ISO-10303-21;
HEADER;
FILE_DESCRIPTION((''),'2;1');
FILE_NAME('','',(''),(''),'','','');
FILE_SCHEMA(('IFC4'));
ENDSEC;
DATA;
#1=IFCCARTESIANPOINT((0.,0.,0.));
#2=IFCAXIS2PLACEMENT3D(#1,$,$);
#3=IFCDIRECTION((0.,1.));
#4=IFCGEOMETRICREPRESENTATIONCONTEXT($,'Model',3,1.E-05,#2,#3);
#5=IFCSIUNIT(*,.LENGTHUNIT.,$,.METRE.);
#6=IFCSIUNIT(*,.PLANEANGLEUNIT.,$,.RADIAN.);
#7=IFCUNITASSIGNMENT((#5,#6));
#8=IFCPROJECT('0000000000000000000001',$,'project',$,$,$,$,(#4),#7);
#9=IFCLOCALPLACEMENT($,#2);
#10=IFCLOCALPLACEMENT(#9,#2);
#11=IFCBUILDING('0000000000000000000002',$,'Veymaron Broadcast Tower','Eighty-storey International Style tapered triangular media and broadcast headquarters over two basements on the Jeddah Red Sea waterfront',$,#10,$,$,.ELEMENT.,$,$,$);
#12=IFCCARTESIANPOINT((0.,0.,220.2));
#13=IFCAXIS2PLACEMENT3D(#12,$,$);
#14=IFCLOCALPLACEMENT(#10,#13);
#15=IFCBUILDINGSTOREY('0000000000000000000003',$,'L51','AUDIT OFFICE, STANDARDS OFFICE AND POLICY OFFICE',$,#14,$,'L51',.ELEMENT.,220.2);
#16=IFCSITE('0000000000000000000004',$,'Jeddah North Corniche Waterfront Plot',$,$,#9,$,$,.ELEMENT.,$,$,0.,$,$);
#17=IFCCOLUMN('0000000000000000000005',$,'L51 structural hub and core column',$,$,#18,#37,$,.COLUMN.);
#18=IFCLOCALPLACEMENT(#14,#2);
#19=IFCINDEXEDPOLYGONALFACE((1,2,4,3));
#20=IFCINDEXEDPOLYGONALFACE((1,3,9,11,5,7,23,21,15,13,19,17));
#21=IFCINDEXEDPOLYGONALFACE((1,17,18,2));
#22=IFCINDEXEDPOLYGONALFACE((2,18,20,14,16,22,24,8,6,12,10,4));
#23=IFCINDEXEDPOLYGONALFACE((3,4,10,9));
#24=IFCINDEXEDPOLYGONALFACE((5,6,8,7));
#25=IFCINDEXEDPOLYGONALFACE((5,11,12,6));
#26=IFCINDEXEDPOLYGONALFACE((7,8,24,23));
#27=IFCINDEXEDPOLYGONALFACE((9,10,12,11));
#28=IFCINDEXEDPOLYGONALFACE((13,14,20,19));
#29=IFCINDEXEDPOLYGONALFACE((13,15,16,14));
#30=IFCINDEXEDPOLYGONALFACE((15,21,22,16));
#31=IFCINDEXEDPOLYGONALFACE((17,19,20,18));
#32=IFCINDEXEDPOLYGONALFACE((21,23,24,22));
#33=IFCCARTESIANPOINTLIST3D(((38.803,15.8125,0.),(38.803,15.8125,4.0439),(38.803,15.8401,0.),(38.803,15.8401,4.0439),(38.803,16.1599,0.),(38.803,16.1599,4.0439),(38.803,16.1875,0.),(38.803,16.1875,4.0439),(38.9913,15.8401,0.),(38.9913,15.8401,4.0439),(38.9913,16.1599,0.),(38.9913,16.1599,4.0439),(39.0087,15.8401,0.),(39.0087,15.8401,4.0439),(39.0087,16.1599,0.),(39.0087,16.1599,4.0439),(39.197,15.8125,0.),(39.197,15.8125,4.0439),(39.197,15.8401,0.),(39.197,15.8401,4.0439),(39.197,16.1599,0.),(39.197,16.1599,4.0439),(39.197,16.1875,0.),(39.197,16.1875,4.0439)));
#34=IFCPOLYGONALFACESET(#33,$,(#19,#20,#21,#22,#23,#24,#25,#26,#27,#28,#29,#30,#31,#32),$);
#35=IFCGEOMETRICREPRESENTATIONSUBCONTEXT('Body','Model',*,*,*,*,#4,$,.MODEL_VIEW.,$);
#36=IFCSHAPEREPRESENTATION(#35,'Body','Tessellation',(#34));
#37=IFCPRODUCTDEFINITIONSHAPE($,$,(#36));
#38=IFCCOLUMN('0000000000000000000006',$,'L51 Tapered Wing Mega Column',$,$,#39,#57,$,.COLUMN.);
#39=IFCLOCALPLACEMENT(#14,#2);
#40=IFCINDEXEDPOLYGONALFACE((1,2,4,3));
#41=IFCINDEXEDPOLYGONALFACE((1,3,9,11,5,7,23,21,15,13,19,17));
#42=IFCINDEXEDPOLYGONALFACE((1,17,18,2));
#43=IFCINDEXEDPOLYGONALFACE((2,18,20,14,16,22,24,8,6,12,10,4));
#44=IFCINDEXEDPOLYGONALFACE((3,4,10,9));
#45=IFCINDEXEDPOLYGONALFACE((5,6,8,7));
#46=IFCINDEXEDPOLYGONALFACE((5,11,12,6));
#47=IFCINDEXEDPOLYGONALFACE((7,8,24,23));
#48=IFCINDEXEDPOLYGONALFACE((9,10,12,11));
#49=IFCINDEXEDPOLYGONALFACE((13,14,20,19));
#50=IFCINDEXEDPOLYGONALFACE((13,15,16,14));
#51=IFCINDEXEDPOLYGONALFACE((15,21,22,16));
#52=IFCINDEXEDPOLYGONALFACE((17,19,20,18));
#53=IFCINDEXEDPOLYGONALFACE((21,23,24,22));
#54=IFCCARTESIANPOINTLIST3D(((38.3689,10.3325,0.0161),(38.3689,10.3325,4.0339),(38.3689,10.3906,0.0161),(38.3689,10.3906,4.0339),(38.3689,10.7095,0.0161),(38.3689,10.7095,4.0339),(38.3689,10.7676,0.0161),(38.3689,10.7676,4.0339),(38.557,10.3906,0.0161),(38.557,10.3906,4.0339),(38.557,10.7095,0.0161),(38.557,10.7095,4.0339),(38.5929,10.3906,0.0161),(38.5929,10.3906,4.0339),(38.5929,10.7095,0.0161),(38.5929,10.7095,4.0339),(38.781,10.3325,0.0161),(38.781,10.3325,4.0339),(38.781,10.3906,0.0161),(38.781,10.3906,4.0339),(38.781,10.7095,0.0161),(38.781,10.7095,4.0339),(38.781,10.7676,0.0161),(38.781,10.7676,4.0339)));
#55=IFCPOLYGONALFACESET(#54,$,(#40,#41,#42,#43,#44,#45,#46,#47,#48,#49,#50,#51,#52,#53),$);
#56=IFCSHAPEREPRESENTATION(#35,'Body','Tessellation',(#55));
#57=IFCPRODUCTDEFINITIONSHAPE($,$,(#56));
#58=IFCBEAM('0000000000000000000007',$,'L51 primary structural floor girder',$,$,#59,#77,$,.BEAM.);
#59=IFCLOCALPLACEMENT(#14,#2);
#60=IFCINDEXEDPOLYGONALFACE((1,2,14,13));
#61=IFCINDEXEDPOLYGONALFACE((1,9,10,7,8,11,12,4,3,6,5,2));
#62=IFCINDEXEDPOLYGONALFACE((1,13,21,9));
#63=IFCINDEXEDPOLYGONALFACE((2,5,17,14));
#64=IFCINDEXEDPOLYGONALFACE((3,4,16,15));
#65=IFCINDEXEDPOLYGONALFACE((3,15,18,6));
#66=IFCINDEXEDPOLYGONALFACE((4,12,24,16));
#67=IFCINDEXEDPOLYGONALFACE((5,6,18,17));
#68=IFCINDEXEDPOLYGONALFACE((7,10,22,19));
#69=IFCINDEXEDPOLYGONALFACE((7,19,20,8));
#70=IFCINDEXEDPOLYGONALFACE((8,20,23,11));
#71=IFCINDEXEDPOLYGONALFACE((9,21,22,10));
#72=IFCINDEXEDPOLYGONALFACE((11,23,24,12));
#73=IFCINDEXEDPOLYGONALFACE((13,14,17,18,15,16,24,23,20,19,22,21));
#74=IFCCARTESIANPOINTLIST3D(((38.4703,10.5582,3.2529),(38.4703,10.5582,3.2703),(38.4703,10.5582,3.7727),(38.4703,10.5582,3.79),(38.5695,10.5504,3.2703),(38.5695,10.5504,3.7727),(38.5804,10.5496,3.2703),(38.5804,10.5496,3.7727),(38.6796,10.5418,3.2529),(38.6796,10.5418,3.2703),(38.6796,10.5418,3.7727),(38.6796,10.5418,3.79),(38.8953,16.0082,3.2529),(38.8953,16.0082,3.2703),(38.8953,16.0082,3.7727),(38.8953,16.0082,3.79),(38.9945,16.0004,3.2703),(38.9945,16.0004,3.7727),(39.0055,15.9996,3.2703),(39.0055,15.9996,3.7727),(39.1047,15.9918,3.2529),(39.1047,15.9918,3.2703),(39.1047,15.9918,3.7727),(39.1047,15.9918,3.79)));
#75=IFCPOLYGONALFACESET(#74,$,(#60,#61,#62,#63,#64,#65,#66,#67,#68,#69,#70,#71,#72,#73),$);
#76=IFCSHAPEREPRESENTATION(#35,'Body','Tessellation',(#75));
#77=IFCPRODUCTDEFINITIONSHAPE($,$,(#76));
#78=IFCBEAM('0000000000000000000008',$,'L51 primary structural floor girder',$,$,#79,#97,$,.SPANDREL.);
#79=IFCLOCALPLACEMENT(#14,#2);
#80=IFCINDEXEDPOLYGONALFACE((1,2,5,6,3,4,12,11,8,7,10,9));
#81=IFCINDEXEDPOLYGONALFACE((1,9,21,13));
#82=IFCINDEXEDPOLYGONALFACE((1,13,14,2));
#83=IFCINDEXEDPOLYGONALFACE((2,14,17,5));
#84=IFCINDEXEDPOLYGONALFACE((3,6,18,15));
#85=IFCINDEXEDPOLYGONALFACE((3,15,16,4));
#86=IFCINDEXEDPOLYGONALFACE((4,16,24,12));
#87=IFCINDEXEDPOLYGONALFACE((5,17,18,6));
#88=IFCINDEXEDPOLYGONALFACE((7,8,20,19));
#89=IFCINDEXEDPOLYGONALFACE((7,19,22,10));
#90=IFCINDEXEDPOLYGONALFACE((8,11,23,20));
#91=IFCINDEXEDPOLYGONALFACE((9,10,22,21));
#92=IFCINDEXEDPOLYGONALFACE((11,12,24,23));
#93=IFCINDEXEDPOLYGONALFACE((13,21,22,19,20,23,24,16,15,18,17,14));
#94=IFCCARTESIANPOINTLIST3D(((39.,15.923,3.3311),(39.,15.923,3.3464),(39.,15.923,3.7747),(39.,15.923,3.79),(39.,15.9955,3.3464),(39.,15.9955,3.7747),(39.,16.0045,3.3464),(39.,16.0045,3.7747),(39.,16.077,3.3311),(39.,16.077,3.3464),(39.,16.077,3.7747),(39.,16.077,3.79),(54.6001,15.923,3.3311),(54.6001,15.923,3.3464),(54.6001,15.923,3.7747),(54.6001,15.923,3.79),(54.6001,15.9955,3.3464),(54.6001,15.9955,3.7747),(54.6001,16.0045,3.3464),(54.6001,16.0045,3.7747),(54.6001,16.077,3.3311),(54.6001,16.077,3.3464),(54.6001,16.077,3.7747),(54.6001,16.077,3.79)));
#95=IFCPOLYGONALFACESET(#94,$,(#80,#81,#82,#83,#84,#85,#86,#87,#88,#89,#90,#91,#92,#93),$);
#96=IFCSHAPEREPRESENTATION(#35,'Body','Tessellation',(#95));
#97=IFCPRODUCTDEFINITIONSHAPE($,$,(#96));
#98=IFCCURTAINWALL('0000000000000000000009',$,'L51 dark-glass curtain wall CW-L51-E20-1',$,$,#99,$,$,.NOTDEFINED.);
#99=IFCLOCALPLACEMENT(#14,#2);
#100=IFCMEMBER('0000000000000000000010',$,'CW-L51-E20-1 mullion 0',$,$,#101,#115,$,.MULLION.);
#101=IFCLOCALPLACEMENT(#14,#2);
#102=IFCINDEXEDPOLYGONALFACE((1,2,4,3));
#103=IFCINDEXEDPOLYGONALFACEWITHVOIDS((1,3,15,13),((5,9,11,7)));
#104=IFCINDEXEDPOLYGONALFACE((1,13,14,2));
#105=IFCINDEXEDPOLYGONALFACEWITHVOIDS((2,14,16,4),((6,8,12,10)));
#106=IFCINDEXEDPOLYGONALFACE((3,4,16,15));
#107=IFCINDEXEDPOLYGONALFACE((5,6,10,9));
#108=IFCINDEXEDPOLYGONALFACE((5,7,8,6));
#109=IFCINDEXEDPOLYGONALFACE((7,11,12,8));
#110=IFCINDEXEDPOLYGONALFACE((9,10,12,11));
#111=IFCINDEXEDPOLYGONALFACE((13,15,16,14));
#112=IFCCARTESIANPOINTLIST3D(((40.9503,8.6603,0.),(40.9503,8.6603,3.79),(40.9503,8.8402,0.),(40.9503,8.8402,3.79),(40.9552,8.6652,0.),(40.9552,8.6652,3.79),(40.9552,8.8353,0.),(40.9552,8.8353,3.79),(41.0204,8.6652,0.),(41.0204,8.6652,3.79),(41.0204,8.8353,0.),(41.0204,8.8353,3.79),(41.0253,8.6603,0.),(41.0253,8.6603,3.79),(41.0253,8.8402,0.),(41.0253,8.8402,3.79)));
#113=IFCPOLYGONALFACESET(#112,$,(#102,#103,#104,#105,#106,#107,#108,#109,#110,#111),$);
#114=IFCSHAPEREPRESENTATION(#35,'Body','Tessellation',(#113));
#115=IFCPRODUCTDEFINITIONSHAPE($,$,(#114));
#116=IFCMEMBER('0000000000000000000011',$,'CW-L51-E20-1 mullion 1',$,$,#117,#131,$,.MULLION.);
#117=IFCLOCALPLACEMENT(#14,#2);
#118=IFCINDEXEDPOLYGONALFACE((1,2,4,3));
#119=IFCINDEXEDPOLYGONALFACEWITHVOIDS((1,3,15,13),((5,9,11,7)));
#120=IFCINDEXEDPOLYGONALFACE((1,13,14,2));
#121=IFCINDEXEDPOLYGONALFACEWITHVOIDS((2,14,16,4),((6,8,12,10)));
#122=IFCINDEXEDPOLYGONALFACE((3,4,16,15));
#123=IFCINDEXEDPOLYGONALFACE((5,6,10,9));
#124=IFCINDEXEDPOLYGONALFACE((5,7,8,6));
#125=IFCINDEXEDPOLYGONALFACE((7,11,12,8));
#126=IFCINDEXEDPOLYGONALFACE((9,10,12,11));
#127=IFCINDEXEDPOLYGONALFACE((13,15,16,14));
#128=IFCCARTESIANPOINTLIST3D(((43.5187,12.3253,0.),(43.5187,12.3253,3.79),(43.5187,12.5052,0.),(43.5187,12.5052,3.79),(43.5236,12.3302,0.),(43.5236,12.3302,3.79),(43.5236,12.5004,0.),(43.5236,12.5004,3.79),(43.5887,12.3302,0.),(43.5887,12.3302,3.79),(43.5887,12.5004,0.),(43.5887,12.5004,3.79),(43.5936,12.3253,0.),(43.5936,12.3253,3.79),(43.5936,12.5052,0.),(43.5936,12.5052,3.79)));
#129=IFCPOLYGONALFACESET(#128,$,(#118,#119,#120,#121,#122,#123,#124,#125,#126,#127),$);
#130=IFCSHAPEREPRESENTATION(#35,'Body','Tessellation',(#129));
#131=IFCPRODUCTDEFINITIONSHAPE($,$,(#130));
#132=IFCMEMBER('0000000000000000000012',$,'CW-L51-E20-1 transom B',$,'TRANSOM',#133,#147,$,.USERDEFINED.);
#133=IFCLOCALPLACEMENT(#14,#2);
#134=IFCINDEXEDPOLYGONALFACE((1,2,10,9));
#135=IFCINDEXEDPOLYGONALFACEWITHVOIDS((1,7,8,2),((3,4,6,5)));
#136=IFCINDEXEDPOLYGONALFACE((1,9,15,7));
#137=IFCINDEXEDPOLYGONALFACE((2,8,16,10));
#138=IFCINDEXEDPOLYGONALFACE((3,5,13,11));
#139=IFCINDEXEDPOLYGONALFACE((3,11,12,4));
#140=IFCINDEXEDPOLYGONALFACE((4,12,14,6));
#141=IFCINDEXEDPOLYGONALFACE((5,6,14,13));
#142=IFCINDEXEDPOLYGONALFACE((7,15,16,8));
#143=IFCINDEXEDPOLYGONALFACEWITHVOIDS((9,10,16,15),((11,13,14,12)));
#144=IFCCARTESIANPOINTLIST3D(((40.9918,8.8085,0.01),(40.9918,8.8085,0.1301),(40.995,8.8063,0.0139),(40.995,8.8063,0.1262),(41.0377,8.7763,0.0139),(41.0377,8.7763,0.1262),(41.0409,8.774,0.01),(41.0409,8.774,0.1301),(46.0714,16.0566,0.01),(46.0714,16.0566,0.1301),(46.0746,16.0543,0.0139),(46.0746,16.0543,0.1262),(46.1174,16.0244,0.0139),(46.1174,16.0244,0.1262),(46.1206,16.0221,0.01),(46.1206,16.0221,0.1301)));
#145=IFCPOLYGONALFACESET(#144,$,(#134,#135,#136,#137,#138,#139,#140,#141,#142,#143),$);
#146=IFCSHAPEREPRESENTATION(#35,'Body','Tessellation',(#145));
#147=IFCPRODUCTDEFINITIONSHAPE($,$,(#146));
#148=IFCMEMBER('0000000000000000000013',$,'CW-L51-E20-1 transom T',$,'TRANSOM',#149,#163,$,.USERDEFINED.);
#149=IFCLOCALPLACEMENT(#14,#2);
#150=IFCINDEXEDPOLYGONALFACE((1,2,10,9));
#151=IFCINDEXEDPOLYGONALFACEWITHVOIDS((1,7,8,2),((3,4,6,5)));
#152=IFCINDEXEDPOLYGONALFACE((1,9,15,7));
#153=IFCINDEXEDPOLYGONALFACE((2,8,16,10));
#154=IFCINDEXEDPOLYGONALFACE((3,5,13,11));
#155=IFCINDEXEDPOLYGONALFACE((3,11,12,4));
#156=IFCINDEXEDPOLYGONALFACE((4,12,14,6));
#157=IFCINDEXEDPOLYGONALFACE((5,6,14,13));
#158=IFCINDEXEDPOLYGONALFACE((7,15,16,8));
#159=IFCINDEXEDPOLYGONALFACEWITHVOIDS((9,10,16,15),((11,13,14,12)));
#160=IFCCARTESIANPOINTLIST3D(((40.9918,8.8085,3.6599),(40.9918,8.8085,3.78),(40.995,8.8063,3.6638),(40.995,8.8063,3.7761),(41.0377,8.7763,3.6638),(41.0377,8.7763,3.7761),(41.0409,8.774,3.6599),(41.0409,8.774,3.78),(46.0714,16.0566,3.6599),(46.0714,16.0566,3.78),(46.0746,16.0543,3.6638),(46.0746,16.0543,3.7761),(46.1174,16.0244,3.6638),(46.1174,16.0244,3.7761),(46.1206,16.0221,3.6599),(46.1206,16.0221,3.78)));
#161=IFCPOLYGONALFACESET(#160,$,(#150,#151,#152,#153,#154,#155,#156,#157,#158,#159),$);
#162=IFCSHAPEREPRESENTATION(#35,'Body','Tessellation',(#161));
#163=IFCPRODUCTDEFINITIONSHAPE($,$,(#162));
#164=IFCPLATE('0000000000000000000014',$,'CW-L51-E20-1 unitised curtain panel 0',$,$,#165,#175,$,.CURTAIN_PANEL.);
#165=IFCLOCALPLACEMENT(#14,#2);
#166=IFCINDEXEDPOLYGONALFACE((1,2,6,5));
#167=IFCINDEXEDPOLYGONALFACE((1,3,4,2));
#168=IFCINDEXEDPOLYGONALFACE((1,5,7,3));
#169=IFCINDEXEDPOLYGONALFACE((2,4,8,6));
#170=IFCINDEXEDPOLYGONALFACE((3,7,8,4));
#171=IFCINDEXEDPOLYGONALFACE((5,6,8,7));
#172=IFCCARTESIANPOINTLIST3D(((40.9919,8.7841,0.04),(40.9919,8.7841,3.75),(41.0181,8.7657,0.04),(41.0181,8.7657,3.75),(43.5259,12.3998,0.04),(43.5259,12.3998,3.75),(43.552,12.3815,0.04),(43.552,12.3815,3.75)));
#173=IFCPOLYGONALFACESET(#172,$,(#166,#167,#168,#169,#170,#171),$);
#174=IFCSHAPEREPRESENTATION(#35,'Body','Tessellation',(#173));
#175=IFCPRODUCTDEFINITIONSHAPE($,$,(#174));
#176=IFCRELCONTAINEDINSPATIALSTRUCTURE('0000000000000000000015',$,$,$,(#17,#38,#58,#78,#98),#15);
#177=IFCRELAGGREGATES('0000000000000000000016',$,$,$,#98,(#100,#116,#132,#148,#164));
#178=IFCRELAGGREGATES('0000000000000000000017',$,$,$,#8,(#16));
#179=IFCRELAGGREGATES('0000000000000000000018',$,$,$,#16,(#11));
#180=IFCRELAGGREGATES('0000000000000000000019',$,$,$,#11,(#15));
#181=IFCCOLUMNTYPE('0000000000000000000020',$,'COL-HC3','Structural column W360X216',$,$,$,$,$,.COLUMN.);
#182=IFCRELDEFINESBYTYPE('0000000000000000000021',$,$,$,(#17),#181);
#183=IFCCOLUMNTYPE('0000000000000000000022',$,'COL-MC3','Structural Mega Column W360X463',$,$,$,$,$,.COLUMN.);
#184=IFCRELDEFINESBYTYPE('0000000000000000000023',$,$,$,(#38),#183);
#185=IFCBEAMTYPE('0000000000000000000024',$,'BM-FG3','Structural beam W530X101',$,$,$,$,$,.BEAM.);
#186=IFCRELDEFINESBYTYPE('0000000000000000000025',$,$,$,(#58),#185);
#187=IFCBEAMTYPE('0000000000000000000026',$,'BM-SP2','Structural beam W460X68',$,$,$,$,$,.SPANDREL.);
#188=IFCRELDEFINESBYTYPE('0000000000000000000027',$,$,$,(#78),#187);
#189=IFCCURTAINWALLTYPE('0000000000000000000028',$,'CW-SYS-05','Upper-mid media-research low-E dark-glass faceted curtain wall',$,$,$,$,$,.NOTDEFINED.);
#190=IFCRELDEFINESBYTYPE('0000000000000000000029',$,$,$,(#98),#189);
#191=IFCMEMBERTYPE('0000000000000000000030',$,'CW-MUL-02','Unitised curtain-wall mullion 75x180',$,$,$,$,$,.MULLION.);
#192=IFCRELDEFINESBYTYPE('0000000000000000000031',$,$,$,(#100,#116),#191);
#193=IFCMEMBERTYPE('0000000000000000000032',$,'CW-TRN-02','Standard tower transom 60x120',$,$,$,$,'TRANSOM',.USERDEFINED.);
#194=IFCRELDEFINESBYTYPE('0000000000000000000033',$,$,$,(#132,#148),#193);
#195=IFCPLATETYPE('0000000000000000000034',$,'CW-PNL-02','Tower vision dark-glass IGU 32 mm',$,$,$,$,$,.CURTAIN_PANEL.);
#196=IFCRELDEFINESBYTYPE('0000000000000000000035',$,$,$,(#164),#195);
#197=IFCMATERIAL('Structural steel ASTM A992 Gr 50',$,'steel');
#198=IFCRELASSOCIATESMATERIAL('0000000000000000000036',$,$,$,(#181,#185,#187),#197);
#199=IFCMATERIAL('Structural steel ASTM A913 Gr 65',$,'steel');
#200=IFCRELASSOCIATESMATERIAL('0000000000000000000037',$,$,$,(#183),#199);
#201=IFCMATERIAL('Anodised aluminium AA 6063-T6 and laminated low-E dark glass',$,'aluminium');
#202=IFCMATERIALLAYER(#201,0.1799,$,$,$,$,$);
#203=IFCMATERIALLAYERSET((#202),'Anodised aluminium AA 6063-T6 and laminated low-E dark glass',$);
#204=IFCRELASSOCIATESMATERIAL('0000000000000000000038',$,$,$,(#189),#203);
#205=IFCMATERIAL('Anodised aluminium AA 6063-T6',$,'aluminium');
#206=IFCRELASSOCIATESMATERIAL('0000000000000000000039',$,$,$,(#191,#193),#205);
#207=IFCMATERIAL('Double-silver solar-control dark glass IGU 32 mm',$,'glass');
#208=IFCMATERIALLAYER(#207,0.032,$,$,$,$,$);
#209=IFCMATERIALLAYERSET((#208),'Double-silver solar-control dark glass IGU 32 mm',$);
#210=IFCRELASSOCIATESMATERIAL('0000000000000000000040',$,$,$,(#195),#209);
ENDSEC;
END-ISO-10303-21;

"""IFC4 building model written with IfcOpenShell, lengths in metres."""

from ifc_helpers import new_model, si_unit, direction, frame, origin, origin_2d, place, context, subcontext, project, spatial, rectangle, hollow_rectangle, i_section, extrude, material, layer, layer_set, material_profile, profile_set, type_object, element, aggregate, save


model = new_model("IFC4")

# Units and contexts
model_context = context("Model", 3, precision=1e-05, world=origin(), true_north=direction((0.0, 1.0)))
body_context = subcontext(model_context, "Body", "Model", "MODEL_VIEW")
ifc_project = project(units=[si_unit("LENGTHUNIT", "METRE"), si_unit("PLANEANGLEUNIT", "RADIAN")], contexts=[model_context])

# Site, building, storey
site_placement = place(None, origin())
site = spatial("IfcSite", under=ifc_project, at=site_placement, Name="Jeddah North Corniche Waterfront Plot", CompositionType="ELEMENT", RefElevation=0.0)
building_placement = place(site_placement, origin())
building = spatial("IfcBuilding", under=site, at=building_placement, Name="Veymaron Broadcast Tower", Description="Eighty-storey International Style tapered triangular media and broadcast headquarters over two basements on the Jeddah Red Sea waterfront", CompositionType="ELEMENT")
storey_placement = place(building_placement, frame((0.0, 0.0, 220.2)))
storey = spatial("IfcBuildingStorey", under=building, at=storey_placement, Name="L51", Description="AUDIT OFFICE, STANDARDS OFFICE AND POLICY OFFICE", LongName="L51", CompositionType="ELEMENT", Elevation=220.2)

# Columns
ifc_material_1 = material(Name="Structural steel ASTM A992 Gr 50", Category="steel")
ifc_material_profile_1 = material_profile(ifc_material_1, i_section(OverallWidth=0.394, OverallDepth=0.375, WebThickness=0.0173, FlangeThickness=0.0276, at=origin_2d()), Name="W360X216")
ifc_profile_set_1 = profile_set([ifc_material_profile_1], Name="Structural steel ASTM A992 Gr 50")
column_type_1 = type_object("IfcColumnType", Name="COL-HC3", Description="Structural column W360X216", PredefinedType="COLUMN", material=ifc_profile_set_1)
column_1_placement = place(storey_placement, frame((39.0, 16.0, 0.0), z_axis=(0.0, 0.0, 1.0), x_axis=(1.0, 0.0, 0.0)))
element("IfcColumn", 1, at=column_1_placement, inside=storey, type_object=column_type_1, Name="L51 structural hub and core column", PredefinedType="COLUMN", context=body_context, shape_type="SweptSolid", body=[
    extrude(i_section(OverallWidth=0.394, OverallDepth=0.375, WebThickness=0.0173, FlangeThickness=0.0276, at=origin_2d()), origin(), (0.0, 0.0, 1.0), 4.0439),
])
ifc_material_2 = material(Name="Structural steel ASTM A913 Gr 65", Category="steel")
ifc_material_profile_2 = material_profile(ifc_material_2, i_section(OverallWidth=0.4121, OverallDepth=0.4351, WebThickness=0.0359, FlangeThickness=0.0581, at=origin_2d()), Name="W360X463")
ifc_profile_set_2 = profile_set([ifc_material_profile_2], Name="Structural steel ASTM A913 Gr 65")
column_type_2 = type_object("IfcColumnType", Name="COL-MC3", Description="Structural Mega Column W360X463", PredefinedType="COLUMN", material=ifc_profile_set_2)
column_2_placement = place(storey_placement, frame((38.575, 10.55, 0.0161), z_axis=(0.0, 0.0, 1.0), x_axis=(1.0, 0.0, 0.0)))
element("IfcColumn", 2, at=column_2_placement, inside=storey, type_object=column_type_2, Name="L51 Tapered Wing Mega Column", PredefinedType="COLUMN", context=body_context, shape_type="SweptSolid", body=[
    extrude(i_section(OverallWidth=0.4121, OverallDepth=0.4351, WebThickness=0.0359, FlangeThickness=0.0581, at=origin_2d()), origin(), (0.0, 0.0, 1.0), 4.0178),
])

# Beams
ifc_material_profile_3 = material_profile(ifc_material_1, i_section(OverallWidth=0.21, OverallDepth=0.5371, WebThickness=0.011, FlangeThickness=0.0173, at=origin_2d()), Name="W530X101")
ifc_profile_set_3 = profile_set([ifc_material_profile_3], Name="Structural steel ASTM A992 Gr 50")
beam_type_1 = type_object("IfcBeamType", Name="BM-FG3", Description="Structural beam W530X101", PredefinedType="BEAM", material=ifc_profile_set_3)
beam_1_placement = place(storey_placement, frame((39.0, 16.0, 3.5215), z_axis=(-0.077755, -0.996972, 0.0), x_axis=(0.996972, -0.077755, 0.0)))
element("IfcBeam", 3, at=beam_1_placement, inside=storey, type_object=beam_type_1, Name="L51 primary structural floor girder", PredefinedType="BEAM", context=body_context, shape_type="SweptSolid", body=[
    extrude(i_section(OverallWidth=0.21, OverallDepth=0.5371, WebThickness=0.011, FlangeThickness=0.0173, at=origin_2d()), origin(), (0.0, 0.0, 1.0), 5.4666),
])
ifc_material_profile_4 = material_profile(ifc_material_1, i_section(OverallWidth=0.1541, OverallDepth=0.459, WebThickness=0.009, FlangeThickness=0.0154, at=origin_2d()), Name="W460X68")
ifc_profile_set_4 = profile_set([ifc_material_profile_4], Name="Structural steel ASTM A992 Gr 50")
beam_type_2 = type_object("IfcBeamType", Name="BM-SP2", Description="Structural beam W460X68", PredefinedType="SPANDREL", material=ifc_profile_set_4)
beam_2_placement = place(storey_placement, frame((39.0, 16.0, 3.5605), z_axis=(1.0, 0.0, 0.0), x_axis=(0.0, 1.0, 0.0)))
element("IfcBeam", 4, at=beam_2_placement, inside=storey, type_object=beam_type_2, Name="L51 primary structural floor girder", PredefinedType="SPANDREL", context=body_context, shape_type="SweptSolid", body=[
    extrude(i_section(OverallWidth=0.1541, OverallDepth=0.459, WebThickness=0.009, FlangeThickness=0.0154, at=origin_2d()), origin(), (0.0, 0.0, 1.0), 15.6001),
])

# Curtain wall, members, plate
ifc_material_3 = material(Name="Anodised aluminium AA 6063-T6 and laminated low-E dark glass", Category="aluminium")
ifc_layer_1 = layer(ifc_material_3, 0.1799)
ifc_layer_set_1 = layer_set([ifc_layer_1], Name="Anodised aluminium AA 6063-T6 and laminated low-E dark glass")
curtain_wall_type = type_object("IfcCurtainWallType", Name="CW-SYS-05", Description="Upper-mid media-research low-E dark-glass faceted curtain wall", PredefinedType="NOTDEFINED", material=ifc_layer_set_1)
curtain_wall_placement = place(storey_placement, origin())
curtain_wall = element("IfcCurtainWall", 5, at=curtain_wall_placement, inside=storey, type_object=curtain_wall_type, Name="L51 dark-glass curtain wall CW-L51-E20-1", PredefinedType="NOTDEFINED")
ifc_material_4 = material(Name="Anodised aluminium AA 6063-T6", Category="aluminium")
ifc_material_profile_5 = material_profile(ifc_material_4, hollow_rectangle(XDim=0.075, YDim=0.1799, WallThickness=0.0049, at=origin_2d()), Name="AL180X75X5")
ifc_profile_set_5 = profile_set([ifc_material_profile_5], Name="Anodised aluminium AA 6063-T6")
member_type_1 = type_object("IfcMemberType", Name="CW-MUL-02", Description="Unitised curtain-wall mullion 75x180", PredefinedType="MULLION", material=ifc_profile_set_5)
member_1_placement = place(storey_placement, frame((40.9878, 8.7502, 0.0), z_axis=(0.0, 0.0, 1.0), x_axis=(1.0, 0.0, 0.0)))
member_1 = element("IfcMember", 6, at=member_1_placement, type_object=member_type_1, Name="CW-L51-E20-1 mullion 0", PredefinedType="MULLION", context=body_context, shape_type="SweptSolid", body=[
    extrude(hollow_rectangle(XDim=0.075, YDim=0.1799, WallThickness=0.0049, at=origin_2d()), origin(), (0.0, 0.0, 1.0), 3.79),
])
member_2_placement = place(storey_placement, frame((43.5562, 12.4153, 0.0), z_axis=(0.0, 0.0, 1.0), x_axis=(1.0, 0.0, 0.0)))
member_2 = element("IfcMember", 7, at=member_2_placement, type_object=member_type_1, Name="CW-L51-E20-1 mullion 1", PredefinedType="MULLION", context=body_context, shape_type="SweptSolid", body=[
    extrude(hollow_rectangle(XDim=0.075, YDim=0.1799, WallThickness=0.0049, at=origin_2d()), origin(), (0.0, 0.0, 1.0), 3.79),
])
ifc_material_profile_6 = material_profile(ifc_material_4, hollow_rectangle(XDim=0.0601, YDim=0.1201, WallThickness=0.0039, at=origin_2d()), Name="AL120X60X4")
ifc_profile_set_6 = profile_set([ifc_material_profile_6], Name="Anodised aluminium AA 6063-T6")
member_type_2 = type_object("IfcMemberType", Name="CW-TRN-02", Description="Standard tower transom 60x120", ElementType="TRANSOM", PredefinedType="USERDEFINED", material=ifc_profile_set_6)
member_3_placement = place(storey_placement, frame((41.0164, 8.7913, 0.0701), z_axis=(0.573914, 0.818916, 0.0), x_axis=(-0.818916, 0.573914, 0.0)))
member_3 = element("IfcMember", 8, at=member_3_placement, type_object=member_type_2, Name="CW-L51-E20-1 transom B", ObjectType="TRANSOM", PredefinedType="USERDEFINED", context=body_context, shape_type="SweptSolid", body=[
    extrude(hollow_rectangle(XDim=0.0601, YDim=0.1201, WallThickness=0.0039, at=origin_2d()), origin(), (0.0, 0.0, 1.0), 8.8508),
])
member_4_placement = place(storey_placement, frame((41.0164, 8.7913, 3.72), z_axis=(0.573914, 0.818916, 0.0), x_axis=(-0.818916, 0.573914, 0.0)))
member_4 = element("IfcMember", 9, at=member_4_placement, type_object=member_type_2, Name="CW-L51-E20-1 transom T", ObjectType="TRANSOM", PredefinedType="USERDEFINED", context=body_context, shape_type="SweptSolid", body=[
    extrude(hollow_rectangle(XDim=0.0601, YDim=0.1201, WallThickness=0.0039, at=origin_2d()), origin(), (0.0, 0.0, 1.0), 8.8508),
])
ifc_material_5 = material(Name="Double-silver solar-control dark glass IGU 32 mm", Category="glass")
ifc_layer_2 = layer(ifc_material_5, 0.032)
ifc_layer_set_2 = layer_set([ifc_layer_2], Name="Double-silver solar-control dark glass IGU 32 mm")
plate_type = type_object("IfcPlateType", Name="CW-PNL-02", Description="Tower vision dark-glass IGU 32 mm", PredefinedType="CURTAIN_PANEL", material=ifc_layer_set_2)
plate_1_placement = place(storey_placement, frame((42.272, 10.5828, 0.04), z_axis=(0.0, 0.0, 1.0), x_axis=(0.573905, 0.818922, 0.0)))
plate_1 = element("IfcPlate", 10, at=plate_1_placement, type_object=plate_type, Name="CW-L51-E20-1 unitised curtain panel 0", PredefinedType="CURTAIN_PANEL", context=body_context, shape_type="SweptSolid", body=[
    extrude(rectangle(XDim=4.4153, YDim=0.032, at=origin_2d()), origin(), (0.0, 0.0, 1.0), 3.71),
])
aggregate(curtain_wall, [member_1, member_2, member_3, member_4, plate_1])

save(model, "model.ifc")
